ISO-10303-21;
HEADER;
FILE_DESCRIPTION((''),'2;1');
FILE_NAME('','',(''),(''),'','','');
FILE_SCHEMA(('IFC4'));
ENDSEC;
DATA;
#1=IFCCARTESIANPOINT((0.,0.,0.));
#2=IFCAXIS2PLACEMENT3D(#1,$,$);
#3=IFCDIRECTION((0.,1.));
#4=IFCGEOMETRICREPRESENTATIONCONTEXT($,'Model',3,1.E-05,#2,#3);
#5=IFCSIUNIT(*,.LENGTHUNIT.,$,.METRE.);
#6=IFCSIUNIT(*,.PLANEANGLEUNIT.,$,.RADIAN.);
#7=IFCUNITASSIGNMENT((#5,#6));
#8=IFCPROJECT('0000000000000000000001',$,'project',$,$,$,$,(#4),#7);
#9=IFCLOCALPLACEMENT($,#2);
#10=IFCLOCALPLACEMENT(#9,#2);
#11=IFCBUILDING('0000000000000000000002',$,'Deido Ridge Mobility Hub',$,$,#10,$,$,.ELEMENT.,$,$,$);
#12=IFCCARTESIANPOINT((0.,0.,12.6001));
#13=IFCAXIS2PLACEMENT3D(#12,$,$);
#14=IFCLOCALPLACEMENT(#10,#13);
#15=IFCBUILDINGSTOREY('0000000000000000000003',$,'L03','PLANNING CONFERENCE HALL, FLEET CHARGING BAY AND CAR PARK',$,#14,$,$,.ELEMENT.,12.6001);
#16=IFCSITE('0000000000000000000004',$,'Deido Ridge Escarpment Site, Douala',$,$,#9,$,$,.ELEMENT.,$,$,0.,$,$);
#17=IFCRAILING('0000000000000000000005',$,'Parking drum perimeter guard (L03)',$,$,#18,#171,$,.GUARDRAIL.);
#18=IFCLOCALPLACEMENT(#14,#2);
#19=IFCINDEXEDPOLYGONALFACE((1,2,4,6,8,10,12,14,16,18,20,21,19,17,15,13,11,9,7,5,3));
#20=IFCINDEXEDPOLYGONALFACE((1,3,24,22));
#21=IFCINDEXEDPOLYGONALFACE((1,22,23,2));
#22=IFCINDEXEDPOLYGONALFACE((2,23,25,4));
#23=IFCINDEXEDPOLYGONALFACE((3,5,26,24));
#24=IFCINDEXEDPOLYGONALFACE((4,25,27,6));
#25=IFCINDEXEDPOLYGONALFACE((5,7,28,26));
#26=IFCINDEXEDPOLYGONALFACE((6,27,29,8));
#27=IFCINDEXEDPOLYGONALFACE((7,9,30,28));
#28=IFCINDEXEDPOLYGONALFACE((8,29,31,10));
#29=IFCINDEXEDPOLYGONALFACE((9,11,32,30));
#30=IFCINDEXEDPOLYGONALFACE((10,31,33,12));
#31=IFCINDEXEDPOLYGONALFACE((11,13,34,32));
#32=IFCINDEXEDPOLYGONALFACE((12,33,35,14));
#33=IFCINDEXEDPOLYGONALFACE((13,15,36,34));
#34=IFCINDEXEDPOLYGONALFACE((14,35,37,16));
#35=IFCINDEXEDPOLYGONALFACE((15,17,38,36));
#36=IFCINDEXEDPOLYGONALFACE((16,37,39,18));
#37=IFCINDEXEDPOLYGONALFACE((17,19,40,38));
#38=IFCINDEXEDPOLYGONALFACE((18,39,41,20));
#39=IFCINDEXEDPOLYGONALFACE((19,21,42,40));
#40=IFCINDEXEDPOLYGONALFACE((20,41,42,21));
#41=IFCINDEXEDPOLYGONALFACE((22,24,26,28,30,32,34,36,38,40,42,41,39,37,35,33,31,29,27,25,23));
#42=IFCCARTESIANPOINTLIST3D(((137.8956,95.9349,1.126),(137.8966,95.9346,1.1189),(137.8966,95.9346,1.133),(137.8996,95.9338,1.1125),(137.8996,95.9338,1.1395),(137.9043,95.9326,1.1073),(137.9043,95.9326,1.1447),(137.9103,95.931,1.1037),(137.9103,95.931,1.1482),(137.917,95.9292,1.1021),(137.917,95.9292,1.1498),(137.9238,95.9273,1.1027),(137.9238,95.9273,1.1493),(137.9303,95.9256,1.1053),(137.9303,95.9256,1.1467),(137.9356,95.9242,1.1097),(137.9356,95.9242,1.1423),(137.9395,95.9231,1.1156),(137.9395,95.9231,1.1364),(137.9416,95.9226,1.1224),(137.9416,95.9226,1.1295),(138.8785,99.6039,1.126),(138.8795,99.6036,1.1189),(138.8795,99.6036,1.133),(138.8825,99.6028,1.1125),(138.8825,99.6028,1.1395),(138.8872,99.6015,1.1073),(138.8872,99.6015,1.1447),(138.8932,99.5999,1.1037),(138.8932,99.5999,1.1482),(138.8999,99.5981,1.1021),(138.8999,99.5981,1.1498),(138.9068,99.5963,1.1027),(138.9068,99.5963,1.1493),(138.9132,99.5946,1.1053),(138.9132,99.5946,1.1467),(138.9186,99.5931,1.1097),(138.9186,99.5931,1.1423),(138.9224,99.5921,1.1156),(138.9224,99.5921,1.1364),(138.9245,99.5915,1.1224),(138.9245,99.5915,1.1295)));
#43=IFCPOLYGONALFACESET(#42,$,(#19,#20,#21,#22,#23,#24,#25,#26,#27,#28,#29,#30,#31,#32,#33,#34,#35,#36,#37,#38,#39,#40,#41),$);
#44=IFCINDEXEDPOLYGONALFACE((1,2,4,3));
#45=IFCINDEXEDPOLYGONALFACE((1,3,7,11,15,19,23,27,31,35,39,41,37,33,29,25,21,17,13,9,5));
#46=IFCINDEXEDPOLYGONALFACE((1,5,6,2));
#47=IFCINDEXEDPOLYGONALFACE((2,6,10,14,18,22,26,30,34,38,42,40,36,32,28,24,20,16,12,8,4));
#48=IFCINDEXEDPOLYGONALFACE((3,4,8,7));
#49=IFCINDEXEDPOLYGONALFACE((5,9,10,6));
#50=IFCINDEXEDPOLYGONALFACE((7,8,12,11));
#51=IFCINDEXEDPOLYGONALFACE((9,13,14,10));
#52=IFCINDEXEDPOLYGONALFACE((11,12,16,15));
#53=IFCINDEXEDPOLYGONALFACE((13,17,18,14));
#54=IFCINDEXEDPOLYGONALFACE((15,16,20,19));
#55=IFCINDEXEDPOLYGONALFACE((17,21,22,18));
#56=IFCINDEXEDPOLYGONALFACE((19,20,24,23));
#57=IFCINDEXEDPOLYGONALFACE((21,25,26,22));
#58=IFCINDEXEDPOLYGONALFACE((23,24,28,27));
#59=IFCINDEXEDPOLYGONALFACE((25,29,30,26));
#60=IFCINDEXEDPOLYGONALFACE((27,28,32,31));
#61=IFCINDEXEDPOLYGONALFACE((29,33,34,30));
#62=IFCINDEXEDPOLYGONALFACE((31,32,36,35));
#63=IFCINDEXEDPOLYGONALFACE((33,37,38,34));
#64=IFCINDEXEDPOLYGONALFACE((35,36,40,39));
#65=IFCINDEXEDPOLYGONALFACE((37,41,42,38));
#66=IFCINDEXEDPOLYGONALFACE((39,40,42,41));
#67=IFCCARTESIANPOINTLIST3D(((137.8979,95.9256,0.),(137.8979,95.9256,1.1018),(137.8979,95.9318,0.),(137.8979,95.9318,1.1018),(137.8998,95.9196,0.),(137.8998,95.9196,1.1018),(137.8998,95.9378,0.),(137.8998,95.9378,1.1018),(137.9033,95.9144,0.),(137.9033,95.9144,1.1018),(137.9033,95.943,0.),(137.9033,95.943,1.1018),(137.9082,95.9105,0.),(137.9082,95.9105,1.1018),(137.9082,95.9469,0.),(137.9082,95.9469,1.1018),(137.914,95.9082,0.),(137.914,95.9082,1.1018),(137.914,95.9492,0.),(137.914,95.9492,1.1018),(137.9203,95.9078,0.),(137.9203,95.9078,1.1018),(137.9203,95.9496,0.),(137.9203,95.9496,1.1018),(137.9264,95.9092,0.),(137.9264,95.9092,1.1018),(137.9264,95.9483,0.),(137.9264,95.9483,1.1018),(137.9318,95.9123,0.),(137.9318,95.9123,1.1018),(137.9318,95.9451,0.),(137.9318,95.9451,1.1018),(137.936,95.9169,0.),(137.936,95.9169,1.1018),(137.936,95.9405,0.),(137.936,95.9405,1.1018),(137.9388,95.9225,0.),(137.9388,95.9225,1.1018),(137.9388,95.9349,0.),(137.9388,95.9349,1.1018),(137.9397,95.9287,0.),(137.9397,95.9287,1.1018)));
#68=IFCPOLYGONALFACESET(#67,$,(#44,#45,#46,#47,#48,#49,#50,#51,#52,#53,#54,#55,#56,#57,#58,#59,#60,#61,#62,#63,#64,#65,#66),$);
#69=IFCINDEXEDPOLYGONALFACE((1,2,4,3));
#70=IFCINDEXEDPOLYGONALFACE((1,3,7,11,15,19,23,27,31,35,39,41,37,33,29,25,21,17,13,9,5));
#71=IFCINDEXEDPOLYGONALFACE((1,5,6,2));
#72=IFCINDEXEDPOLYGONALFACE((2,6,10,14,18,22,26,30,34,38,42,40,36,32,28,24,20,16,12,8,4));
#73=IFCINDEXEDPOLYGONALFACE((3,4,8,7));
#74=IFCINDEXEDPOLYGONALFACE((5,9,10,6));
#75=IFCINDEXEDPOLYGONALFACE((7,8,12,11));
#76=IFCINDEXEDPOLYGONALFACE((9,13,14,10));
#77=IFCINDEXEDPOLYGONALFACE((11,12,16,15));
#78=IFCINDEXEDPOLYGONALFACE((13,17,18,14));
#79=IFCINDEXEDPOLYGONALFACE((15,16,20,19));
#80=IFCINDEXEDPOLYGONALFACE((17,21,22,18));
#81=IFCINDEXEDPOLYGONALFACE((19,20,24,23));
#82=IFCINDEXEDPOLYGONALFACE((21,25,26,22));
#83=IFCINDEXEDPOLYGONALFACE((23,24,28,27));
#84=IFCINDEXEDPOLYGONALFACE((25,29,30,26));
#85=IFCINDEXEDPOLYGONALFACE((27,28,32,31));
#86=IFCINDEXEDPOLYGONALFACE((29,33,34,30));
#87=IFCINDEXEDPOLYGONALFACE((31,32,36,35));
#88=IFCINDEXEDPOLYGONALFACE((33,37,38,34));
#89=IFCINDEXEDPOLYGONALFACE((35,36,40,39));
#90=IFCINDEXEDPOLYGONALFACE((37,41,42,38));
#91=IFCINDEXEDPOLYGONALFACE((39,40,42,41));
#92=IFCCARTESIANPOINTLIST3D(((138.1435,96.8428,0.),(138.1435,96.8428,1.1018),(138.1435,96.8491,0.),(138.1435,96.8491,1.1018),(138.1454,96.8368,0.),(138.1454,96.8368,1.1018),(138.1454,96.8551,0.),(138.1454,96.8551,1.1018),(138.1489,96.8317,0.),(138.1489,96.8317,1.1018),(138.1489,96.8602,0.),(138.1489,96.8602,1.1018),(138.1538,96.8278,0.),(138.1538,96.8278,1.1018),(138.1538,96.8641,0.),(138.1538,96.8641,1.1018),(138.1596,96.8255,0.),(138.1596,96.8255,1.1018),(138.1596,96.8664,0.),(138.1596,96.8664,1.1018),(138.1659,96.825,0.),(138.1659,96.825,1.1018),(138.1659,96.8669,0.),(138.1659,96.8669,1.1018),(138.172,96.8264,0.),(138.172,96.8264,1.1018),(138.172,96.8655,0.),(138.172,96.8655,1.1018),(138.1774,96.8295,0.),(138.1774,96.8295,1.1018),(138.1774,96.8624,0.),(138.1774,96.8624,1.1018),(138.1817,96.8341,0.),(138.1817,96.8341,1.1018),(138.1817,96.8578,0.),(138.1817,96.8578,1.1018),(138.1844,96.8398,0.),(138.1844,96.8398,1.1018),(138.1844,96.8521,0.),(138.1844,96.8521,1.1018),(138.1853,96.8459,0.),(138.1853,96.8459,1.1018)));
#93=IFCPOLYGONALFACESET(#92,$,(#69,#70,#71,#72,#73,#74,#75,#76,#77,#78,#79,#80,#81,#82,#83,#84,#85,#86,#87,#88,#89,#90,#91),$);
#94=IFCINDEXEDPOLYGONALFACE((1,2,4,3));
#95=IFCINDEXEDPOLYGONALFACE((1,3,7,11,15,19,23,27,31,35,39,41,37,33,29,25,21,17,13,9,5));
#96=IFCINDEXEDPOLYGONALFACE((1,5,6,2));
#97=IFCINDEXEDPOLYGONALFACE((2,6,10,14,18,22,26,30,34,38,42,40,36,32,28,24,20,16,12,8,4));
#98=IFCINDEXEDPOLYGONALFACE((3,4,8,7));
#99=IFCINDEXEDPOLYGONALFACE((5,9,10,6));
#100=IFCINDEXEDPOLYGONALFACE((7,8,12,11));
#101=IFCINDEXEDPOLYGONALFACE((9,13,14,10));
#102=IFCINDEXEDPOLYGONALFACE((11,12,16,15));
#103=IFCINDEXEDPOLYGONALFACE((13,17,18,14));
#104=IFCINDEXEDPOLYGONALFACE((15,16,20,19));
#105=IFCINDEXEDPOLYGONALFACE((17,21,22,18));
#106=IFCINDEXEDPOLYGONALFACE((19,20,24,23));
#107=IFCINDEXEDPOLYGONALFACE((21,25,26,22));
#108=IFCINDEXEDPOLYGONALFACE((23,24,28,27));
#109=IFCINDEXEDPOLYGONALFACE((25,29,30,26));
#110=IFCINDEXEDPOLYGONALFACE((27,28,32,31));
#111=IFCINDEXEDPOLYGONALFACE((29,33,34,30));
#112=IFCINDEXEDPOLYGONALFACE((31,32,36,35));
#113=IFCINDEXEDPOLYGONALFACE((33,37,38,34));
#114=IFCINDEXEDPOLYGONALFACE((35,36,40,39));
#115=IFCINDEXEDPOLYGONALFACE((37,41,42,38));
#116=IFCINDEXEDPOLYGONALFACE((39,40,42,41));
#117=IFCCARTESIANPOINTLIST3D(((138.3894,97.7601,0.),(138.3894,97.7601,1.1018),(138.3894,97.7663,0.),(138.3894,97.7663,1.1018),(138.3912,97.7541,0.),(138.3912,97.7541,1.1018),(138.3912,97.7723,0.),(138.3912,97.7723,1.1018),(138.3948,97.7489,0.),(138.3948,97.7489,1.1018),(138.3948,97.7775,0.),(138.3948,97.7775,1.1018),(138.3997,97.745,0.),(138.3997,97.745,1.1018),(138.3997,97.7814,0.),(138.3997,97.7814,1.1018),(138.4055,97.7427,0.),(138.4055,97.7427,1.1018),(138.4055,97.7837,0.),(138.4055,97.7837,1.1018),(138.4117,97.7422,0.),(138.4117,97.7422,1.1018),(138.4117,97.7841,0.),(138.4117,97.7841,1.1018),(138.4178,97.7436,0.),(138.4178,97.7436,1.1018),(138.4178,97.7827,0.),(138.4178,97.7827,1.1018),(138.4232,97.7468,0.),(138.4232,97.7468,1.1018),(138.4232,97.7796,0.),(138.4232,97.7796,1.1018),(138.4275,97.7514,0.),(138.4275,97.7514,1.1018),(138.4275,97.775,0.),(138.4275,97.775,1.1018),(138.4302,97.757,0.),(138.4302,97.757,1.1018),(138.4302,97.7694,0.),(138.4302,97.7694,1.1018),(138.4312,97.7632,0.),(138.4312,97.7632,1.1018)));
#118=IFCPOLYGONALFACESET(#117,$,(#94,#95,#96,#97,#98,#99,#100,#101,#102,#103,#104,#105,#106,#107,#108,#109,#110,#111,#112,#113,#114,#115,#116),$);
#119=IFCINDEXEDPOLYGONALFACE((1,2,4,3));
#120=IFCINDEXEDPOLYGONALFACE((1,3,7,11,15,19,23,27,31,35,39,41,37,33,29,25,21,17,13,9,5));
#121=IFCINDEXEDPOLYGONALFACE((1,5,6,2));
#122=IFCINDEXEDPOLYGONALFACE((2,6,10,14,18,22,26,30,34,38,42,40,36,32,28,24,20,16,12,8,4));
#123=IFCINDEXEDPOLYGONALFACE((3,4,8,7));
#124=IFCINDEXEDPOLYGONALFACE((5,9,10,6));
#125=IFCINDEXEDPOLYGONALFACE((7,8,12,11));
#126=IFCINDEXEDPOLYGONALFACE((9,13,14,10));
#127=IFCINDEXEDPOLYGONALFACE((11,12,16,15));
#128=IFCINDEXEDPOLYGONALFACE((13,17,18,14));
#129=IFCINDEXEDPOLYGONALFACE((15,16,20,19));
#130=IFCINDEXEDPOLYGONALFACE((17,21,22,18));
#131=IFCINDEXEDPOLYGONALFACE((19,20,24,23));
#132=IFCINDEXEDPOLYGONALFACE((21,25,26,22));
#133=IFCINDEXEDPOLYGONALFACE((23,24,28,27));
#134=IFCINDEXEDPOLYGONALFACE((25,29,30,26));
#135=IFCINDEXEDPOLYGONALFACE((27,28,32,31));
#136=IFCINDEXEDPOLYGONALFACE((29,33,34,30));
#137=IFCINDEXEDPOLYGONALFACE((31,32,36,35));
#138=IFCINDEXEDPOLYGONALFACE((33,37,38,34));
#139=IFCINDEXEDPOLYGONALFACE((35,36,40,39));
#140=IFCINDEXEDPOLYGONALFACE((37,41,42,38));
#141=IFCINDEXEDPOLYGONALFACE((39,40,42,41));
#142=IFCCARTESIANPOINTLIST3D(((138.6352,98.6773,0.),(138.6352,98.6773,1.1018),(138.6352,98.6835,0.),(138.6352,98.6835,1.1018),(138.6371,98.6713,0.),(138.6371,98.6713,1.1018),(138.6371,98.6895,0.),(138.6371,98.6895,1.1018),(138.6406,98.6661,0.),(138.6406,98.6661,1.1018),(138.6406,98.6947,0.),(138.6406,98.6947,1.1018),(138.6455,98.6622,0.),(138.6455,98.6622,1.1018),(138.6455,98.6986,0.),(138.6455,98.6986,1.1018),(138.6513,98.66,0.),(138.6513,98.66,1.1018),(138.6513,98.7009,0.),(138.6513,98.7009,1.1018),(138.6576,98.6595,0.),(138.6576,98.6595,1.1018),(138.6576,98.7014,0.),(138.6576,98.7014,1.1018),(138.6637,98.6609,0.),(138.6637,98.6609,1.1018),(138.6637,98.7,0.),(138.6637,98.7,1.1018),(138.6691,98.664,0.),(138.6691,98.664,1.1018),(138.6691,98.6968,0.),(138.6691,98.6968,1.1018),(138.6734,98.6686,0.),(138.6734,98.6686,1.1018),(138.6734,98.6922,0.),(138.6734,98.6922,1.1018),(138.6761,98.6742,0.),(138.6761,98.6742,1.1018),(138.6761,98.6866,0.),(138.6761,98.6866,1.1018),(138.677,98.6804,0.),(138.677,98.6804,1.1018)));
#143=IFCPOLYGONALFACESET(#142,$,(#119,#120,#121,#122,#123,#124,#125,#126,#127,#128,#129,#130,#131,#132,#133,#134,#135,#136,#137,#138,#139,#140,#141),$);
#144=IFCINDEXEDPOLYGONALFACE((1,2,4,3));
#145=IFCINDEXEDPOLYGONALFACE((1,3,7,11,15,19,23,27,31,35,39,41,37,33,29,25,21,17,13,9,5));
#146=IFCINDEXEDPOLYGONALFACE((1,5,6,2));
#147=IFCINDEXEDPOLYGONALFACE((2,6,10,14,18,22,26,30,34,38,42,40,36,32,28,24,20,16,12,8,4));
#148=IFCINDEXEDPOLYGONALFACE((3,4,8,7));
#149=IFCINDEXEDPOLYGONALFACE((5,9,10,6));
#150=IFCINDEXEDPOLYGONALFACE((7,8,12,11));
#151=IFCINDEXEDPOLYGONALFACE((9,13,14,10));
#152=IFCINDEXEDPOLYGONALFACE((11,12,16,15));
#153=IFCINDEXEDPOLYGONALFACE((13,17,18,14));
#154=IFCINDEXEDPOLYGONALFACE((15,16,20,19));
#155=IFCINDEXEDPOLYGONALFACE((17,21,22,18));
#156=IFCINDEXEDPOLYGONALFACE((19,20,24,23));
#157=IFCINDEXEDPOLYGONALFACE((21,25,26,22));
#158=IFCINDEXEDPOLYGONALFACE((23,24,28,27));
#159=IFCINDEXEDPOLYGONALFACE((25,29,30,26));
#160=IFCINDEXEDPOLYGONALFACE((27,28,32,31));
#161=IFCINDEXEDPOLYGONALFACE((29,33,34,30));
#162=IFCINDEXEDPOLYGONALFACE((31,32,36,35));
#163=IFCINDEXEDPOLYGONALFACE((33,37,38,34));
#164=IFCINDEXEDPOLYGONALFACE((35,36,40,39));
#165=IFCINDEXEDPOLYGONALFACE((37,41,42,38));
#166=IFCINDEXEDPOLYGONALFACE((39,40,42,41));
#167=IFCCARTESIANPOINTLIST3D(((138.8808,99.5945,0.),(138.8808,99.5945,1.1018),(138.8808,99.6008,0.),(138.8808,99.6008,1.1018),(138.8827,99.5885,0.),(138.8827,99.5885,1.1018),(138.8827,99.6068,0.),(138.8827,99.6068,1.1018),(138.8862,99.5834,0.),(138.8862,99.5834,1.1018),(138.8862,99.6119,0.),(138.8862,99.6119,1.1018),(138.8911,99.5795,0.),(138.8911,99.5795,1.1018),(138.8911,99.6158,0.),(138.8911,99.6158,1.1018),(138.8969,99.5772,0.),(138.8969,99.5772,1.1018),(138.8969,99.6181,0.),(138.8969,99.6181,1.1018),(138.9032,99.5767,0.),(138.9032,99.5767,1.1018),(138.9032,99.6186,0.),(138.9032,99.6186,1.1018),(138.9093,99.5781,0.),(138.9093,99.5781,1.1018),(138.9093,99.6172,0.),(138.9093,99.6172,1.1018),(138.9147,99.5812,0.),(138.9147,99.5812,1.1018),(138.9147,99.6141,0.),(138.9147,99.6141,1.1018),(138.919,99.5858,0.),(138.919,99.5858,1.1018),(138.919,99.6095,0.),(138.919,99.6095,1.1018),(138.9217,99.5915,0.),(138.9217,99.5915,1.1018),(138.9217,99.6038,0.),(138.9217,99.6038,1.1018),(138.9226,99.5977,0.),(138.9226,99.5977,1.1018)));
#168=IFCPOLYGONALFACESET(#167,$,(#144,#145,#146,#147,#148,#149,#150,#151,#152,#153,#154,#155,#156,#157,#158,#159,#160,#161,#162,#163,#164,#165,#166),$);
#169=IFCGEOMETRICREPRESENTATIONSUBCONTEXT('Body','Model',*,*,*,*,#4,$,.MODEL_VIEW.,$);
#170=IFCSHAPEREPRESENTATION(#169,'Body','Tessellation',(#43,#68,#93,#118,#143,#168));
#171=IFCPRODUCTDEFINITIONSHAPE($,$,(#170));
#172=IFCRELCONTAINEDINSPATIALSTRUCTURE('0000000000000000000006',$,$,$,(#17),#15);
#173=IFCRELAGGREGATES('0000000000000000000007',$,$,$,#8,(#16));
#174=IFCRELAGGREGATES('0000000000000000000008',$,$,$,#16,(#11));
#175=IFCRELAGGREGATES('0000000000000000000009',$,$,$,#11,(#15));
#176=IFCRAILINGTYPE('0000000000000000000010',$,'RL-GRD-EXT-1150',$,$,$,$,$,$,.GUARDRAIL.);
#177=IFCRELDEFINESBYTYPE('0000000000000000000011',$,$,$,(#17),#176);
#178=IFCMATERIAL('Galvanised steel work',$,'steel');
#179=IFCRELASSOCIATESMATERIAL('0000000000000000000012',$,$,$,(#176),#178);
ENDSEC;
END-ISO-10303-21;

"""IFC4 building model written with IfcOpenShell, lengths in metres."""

from ifc_helpers import new_model, si_unit, direction, frame, origin, origin_2d, place, context, subcontext, project, spatial, circle, extrude, material, type_object, element, save


model = new_model("IFC4")

# Units and contexts
model_context = context("Model", 3, precision=1e-05, world=origin(), true_north=direction((0.0, 1.0)))
body_context = subcontext(model_context, "Body", "Model", "MODEL_VIEW")
ifc_project = project(units=[si_unit("LENGTHUNIT", "METRE"), si_unit("PLANEANGLEUNIT", "RADIAN")], contexts=[model_context])

# Site, building, storey
site_placement = place(None, origin())
site = spatial("IfcSite", under=ifc_project, at=site_placement, Name="Deido Ridge Escarpment Site, Douala", CompositionType="ELEMENT", RefElevation=0.0)
building_placement = place(site_placement, origin())
building = spatial("IfcBuilding", under=site, at=building_placement, Name="Deido Ridge Mobility Hub", CompositionType="ELEMENT")
storey_placement = place(building_placement, frame((0.0, 0.0, 12.6001)))
storey = spatial("IfcBuildingStorey", under=building, at=storey_placement, Name="L03", Description="PLANNING CONFERENCE HALL, FLEET CHARGING BAY AND CAR PARK", CompositionType="ELEMENT", Elevation=12.6001)

# Railing
ifc_material_1 = material(Name="Galvanised steel work", Category="steel")
railing_type = type_object("IfcRailingType", Name="RL-GRD-EXT-1150", PredefinedType="GUARDRAIL", material=ifc_material_1)
railing_1_placement = place(storey_placement, frame((137.9187, 95.9287, 0.0)))
element("IfcRailing", 1, at=railing_1_placement, inside=storey, type_object=railing_type, Name="Parking drum perimeter guard (L03)", PredefinedType="GUARDRAIL", context=body_context, shape_type="SweptSolid", body=[
    extrude(circle(Radius=0.0239, at=origin_2d()), frame((0.0, 0.0, 1.126), z_axis=(0.258775, 0.965938, 0.0), x_axis=(-0.965938, 0.258775, 0.0)), (0.0, 0.0, 1.0), 3.7983),
    extrude(circle(Radius=0.021, at=origin_2d()), origin(), (0.0, 0.0, 1.0), 1.1018),
    extrude(circle(Radius=0.021, at=origin_2d()), frame((0.2456, 0.9172, 0.0)), (0.0, 0.0, 1.0), 1.1018),
    extrude(circle(Radius=0.021, at=origin_2d()), frame((0.4915, 1.8345, 0.0)), (0.0, 0.0, 1.0), 1.1018),
    extrude(circle(Radius=0.021, at=origin_2d()), frame((0.7373, 2.7517, 0.0)), (0.0, 0.0, 1.0), 1.1018),
    extrude(circle(Radius=0.021, at=origin_2d()), frame((0.9829, 3.6689, 0.0)), (0.0, 0.0, 1.0), 1.1018),
])

save(model, "model.ifc")
